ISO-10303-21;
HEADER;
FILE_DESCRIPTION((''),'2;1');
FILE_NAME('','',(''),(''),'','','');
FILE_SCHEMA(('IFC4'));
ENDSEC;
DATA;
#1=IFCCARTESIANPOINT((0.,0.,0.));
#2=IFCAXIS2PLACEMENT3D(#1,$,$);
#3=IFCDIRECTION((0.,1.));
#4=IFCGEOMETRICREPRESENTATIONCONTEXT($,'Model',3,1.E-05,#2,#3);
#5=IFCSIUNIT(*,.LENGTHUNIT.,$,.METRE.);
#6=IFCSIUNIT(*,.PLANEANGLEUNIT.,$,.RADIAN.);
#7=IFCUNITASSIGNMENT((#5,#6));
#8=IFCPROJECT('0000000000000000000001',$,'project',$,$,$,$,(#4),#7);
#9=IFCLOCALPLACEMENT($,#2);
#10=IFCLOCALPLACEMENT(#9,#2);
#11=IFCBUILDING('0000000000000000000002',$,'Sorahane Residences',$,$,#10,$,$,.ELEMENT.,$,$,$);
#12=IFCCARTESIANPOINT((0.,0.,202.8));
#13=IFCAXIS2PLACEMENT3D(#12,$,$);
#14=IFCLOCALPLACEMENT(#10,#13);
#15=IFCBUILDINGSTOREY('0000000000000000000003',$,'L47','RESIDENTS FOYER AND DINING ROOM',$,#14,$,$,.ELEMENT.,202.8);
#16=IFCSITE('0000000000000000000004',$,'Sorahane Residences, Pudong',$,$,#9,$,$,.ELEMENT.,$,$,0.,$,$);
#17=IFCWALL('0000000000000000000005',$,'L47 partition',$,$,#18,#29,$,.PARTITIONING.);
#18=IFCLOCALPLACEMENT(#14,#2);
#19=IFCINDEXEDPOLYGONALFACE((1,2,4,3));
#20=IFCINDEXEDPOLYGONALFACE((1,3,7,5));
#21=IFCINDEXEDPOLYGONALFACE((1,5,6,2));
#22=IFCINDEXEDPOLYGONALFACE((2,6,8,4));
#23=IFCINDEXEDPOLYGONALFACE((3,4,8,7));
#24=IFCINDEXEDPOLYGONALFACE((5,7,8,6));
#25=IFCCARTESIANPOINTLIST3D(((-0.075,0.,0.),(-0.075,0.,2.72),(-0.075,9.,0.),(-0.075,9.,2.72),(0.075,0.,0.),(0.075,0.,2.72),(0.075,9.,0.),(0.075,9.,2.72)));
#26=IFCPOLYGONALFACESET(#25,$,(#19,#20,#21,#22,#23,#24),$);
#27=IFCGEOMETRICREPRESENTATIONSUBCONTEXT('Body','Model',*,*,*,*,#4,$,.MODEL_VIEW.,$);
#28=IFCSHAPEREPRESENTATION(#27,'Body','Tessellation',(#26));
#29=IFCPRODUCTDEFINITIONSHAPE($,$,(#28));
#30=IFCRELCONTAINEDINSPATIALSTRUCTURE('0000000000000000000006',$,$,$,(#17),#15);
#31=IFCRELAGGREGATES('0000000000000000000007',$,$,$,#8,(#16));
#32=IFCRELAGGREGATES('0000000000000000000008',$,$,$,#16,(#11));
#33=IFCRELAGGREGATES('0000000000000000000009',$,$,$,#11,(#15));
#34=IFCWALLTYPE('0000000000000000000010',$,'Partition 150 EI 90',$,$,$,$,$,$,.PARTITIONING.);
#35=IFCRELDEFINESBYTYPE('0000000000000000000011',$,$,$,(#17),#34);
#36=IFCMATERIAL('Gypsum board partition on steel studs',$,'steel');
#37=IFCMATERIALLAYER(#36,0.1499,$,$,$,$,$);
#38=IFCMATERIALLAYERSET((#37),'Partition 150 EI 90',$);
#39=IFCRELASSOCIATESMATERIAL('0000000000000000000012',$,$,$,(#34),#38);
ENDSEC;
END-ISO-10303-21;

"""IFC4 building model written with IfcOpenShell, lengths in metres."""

from ifc_helpers import new_model, si_unit, direction, frame, frame_2d, origin, place, context, subcontext, project, spatial, rectangle, extrude, material, layer, layer_set, type_object, element, save


model = new_model("IFC4")

# Units and contexts
model_context = context("Model", 3, precision=1e-05, world=origin(), true_north=direction((0.0, 1.0)))
body_context = subcontext(model_context, "Body", "Model", "MODEL_VIEW")
ifc_project = project(units=[si_unit("LENGTHUNIT", "METRE"), si_unit("PLANEANGLEUNIT", "RADIAN")], contexts=[model_context])

# Site, building, storey
site_placement = place(None, origin())
site = spatial("IfcSite", under=ifc_project, at=site_placement, Name="Sorahane Residences, Pudong", CompositionType="ELEMENT", RefElevation=0.0)
building_placement = place(site_placement, origin())
building = spatial("IfcBuilding", under=site, at=building_placement, Name="Sorahane Residences", CompositionType="ELEMENT")
storey_placement = place(building_placement, frame((0.0, 0.0, 202.8)))
storey = spatial("IfcBuildingStorey", under=building, at=storey_placement, Name="L47", Description="RESIDENTS FOYER AND DINING ROOM", CompositionType="ELEMENT", Elevation=202.8)

# Wall
ifc_material_1 = material(Name="Gypsum board partition on steel studs", Category="steel")
ifc_layer_1 = layer(ifc_material_1, 0.1499)
ifc_layer_set_1 = layer_set([ifc_layer_1], Name="Partition 150 EI 90")
wall_type = type_object("IfcWallType", Name="Partition 150 EI 90", PredefinedType="PARTITIONING", material=ifc_layer_set_1)
wall_1_placement = place(storey_placement, frame((0.0, 0.0, 0.0), z_axis=(0.0, 0.0, 1.0), x_axis=(0.0, 1.0, 0.0)))
element("IfcWall", 1, at=wall_1_placement, inside=storey, type_object=wall_type, Name="L47 partition", PredefinedType="PARTITIONING", context=body_context, shape_type="SweptSolid", body=[
    extrude(rectangle(XDim=9.0, YDim=0.1499, at=frame_2d((4.5, 0.0))), origin(), (0.0, 0.0, 1.0), 2.72),
])

save(model, "model.ifc")
